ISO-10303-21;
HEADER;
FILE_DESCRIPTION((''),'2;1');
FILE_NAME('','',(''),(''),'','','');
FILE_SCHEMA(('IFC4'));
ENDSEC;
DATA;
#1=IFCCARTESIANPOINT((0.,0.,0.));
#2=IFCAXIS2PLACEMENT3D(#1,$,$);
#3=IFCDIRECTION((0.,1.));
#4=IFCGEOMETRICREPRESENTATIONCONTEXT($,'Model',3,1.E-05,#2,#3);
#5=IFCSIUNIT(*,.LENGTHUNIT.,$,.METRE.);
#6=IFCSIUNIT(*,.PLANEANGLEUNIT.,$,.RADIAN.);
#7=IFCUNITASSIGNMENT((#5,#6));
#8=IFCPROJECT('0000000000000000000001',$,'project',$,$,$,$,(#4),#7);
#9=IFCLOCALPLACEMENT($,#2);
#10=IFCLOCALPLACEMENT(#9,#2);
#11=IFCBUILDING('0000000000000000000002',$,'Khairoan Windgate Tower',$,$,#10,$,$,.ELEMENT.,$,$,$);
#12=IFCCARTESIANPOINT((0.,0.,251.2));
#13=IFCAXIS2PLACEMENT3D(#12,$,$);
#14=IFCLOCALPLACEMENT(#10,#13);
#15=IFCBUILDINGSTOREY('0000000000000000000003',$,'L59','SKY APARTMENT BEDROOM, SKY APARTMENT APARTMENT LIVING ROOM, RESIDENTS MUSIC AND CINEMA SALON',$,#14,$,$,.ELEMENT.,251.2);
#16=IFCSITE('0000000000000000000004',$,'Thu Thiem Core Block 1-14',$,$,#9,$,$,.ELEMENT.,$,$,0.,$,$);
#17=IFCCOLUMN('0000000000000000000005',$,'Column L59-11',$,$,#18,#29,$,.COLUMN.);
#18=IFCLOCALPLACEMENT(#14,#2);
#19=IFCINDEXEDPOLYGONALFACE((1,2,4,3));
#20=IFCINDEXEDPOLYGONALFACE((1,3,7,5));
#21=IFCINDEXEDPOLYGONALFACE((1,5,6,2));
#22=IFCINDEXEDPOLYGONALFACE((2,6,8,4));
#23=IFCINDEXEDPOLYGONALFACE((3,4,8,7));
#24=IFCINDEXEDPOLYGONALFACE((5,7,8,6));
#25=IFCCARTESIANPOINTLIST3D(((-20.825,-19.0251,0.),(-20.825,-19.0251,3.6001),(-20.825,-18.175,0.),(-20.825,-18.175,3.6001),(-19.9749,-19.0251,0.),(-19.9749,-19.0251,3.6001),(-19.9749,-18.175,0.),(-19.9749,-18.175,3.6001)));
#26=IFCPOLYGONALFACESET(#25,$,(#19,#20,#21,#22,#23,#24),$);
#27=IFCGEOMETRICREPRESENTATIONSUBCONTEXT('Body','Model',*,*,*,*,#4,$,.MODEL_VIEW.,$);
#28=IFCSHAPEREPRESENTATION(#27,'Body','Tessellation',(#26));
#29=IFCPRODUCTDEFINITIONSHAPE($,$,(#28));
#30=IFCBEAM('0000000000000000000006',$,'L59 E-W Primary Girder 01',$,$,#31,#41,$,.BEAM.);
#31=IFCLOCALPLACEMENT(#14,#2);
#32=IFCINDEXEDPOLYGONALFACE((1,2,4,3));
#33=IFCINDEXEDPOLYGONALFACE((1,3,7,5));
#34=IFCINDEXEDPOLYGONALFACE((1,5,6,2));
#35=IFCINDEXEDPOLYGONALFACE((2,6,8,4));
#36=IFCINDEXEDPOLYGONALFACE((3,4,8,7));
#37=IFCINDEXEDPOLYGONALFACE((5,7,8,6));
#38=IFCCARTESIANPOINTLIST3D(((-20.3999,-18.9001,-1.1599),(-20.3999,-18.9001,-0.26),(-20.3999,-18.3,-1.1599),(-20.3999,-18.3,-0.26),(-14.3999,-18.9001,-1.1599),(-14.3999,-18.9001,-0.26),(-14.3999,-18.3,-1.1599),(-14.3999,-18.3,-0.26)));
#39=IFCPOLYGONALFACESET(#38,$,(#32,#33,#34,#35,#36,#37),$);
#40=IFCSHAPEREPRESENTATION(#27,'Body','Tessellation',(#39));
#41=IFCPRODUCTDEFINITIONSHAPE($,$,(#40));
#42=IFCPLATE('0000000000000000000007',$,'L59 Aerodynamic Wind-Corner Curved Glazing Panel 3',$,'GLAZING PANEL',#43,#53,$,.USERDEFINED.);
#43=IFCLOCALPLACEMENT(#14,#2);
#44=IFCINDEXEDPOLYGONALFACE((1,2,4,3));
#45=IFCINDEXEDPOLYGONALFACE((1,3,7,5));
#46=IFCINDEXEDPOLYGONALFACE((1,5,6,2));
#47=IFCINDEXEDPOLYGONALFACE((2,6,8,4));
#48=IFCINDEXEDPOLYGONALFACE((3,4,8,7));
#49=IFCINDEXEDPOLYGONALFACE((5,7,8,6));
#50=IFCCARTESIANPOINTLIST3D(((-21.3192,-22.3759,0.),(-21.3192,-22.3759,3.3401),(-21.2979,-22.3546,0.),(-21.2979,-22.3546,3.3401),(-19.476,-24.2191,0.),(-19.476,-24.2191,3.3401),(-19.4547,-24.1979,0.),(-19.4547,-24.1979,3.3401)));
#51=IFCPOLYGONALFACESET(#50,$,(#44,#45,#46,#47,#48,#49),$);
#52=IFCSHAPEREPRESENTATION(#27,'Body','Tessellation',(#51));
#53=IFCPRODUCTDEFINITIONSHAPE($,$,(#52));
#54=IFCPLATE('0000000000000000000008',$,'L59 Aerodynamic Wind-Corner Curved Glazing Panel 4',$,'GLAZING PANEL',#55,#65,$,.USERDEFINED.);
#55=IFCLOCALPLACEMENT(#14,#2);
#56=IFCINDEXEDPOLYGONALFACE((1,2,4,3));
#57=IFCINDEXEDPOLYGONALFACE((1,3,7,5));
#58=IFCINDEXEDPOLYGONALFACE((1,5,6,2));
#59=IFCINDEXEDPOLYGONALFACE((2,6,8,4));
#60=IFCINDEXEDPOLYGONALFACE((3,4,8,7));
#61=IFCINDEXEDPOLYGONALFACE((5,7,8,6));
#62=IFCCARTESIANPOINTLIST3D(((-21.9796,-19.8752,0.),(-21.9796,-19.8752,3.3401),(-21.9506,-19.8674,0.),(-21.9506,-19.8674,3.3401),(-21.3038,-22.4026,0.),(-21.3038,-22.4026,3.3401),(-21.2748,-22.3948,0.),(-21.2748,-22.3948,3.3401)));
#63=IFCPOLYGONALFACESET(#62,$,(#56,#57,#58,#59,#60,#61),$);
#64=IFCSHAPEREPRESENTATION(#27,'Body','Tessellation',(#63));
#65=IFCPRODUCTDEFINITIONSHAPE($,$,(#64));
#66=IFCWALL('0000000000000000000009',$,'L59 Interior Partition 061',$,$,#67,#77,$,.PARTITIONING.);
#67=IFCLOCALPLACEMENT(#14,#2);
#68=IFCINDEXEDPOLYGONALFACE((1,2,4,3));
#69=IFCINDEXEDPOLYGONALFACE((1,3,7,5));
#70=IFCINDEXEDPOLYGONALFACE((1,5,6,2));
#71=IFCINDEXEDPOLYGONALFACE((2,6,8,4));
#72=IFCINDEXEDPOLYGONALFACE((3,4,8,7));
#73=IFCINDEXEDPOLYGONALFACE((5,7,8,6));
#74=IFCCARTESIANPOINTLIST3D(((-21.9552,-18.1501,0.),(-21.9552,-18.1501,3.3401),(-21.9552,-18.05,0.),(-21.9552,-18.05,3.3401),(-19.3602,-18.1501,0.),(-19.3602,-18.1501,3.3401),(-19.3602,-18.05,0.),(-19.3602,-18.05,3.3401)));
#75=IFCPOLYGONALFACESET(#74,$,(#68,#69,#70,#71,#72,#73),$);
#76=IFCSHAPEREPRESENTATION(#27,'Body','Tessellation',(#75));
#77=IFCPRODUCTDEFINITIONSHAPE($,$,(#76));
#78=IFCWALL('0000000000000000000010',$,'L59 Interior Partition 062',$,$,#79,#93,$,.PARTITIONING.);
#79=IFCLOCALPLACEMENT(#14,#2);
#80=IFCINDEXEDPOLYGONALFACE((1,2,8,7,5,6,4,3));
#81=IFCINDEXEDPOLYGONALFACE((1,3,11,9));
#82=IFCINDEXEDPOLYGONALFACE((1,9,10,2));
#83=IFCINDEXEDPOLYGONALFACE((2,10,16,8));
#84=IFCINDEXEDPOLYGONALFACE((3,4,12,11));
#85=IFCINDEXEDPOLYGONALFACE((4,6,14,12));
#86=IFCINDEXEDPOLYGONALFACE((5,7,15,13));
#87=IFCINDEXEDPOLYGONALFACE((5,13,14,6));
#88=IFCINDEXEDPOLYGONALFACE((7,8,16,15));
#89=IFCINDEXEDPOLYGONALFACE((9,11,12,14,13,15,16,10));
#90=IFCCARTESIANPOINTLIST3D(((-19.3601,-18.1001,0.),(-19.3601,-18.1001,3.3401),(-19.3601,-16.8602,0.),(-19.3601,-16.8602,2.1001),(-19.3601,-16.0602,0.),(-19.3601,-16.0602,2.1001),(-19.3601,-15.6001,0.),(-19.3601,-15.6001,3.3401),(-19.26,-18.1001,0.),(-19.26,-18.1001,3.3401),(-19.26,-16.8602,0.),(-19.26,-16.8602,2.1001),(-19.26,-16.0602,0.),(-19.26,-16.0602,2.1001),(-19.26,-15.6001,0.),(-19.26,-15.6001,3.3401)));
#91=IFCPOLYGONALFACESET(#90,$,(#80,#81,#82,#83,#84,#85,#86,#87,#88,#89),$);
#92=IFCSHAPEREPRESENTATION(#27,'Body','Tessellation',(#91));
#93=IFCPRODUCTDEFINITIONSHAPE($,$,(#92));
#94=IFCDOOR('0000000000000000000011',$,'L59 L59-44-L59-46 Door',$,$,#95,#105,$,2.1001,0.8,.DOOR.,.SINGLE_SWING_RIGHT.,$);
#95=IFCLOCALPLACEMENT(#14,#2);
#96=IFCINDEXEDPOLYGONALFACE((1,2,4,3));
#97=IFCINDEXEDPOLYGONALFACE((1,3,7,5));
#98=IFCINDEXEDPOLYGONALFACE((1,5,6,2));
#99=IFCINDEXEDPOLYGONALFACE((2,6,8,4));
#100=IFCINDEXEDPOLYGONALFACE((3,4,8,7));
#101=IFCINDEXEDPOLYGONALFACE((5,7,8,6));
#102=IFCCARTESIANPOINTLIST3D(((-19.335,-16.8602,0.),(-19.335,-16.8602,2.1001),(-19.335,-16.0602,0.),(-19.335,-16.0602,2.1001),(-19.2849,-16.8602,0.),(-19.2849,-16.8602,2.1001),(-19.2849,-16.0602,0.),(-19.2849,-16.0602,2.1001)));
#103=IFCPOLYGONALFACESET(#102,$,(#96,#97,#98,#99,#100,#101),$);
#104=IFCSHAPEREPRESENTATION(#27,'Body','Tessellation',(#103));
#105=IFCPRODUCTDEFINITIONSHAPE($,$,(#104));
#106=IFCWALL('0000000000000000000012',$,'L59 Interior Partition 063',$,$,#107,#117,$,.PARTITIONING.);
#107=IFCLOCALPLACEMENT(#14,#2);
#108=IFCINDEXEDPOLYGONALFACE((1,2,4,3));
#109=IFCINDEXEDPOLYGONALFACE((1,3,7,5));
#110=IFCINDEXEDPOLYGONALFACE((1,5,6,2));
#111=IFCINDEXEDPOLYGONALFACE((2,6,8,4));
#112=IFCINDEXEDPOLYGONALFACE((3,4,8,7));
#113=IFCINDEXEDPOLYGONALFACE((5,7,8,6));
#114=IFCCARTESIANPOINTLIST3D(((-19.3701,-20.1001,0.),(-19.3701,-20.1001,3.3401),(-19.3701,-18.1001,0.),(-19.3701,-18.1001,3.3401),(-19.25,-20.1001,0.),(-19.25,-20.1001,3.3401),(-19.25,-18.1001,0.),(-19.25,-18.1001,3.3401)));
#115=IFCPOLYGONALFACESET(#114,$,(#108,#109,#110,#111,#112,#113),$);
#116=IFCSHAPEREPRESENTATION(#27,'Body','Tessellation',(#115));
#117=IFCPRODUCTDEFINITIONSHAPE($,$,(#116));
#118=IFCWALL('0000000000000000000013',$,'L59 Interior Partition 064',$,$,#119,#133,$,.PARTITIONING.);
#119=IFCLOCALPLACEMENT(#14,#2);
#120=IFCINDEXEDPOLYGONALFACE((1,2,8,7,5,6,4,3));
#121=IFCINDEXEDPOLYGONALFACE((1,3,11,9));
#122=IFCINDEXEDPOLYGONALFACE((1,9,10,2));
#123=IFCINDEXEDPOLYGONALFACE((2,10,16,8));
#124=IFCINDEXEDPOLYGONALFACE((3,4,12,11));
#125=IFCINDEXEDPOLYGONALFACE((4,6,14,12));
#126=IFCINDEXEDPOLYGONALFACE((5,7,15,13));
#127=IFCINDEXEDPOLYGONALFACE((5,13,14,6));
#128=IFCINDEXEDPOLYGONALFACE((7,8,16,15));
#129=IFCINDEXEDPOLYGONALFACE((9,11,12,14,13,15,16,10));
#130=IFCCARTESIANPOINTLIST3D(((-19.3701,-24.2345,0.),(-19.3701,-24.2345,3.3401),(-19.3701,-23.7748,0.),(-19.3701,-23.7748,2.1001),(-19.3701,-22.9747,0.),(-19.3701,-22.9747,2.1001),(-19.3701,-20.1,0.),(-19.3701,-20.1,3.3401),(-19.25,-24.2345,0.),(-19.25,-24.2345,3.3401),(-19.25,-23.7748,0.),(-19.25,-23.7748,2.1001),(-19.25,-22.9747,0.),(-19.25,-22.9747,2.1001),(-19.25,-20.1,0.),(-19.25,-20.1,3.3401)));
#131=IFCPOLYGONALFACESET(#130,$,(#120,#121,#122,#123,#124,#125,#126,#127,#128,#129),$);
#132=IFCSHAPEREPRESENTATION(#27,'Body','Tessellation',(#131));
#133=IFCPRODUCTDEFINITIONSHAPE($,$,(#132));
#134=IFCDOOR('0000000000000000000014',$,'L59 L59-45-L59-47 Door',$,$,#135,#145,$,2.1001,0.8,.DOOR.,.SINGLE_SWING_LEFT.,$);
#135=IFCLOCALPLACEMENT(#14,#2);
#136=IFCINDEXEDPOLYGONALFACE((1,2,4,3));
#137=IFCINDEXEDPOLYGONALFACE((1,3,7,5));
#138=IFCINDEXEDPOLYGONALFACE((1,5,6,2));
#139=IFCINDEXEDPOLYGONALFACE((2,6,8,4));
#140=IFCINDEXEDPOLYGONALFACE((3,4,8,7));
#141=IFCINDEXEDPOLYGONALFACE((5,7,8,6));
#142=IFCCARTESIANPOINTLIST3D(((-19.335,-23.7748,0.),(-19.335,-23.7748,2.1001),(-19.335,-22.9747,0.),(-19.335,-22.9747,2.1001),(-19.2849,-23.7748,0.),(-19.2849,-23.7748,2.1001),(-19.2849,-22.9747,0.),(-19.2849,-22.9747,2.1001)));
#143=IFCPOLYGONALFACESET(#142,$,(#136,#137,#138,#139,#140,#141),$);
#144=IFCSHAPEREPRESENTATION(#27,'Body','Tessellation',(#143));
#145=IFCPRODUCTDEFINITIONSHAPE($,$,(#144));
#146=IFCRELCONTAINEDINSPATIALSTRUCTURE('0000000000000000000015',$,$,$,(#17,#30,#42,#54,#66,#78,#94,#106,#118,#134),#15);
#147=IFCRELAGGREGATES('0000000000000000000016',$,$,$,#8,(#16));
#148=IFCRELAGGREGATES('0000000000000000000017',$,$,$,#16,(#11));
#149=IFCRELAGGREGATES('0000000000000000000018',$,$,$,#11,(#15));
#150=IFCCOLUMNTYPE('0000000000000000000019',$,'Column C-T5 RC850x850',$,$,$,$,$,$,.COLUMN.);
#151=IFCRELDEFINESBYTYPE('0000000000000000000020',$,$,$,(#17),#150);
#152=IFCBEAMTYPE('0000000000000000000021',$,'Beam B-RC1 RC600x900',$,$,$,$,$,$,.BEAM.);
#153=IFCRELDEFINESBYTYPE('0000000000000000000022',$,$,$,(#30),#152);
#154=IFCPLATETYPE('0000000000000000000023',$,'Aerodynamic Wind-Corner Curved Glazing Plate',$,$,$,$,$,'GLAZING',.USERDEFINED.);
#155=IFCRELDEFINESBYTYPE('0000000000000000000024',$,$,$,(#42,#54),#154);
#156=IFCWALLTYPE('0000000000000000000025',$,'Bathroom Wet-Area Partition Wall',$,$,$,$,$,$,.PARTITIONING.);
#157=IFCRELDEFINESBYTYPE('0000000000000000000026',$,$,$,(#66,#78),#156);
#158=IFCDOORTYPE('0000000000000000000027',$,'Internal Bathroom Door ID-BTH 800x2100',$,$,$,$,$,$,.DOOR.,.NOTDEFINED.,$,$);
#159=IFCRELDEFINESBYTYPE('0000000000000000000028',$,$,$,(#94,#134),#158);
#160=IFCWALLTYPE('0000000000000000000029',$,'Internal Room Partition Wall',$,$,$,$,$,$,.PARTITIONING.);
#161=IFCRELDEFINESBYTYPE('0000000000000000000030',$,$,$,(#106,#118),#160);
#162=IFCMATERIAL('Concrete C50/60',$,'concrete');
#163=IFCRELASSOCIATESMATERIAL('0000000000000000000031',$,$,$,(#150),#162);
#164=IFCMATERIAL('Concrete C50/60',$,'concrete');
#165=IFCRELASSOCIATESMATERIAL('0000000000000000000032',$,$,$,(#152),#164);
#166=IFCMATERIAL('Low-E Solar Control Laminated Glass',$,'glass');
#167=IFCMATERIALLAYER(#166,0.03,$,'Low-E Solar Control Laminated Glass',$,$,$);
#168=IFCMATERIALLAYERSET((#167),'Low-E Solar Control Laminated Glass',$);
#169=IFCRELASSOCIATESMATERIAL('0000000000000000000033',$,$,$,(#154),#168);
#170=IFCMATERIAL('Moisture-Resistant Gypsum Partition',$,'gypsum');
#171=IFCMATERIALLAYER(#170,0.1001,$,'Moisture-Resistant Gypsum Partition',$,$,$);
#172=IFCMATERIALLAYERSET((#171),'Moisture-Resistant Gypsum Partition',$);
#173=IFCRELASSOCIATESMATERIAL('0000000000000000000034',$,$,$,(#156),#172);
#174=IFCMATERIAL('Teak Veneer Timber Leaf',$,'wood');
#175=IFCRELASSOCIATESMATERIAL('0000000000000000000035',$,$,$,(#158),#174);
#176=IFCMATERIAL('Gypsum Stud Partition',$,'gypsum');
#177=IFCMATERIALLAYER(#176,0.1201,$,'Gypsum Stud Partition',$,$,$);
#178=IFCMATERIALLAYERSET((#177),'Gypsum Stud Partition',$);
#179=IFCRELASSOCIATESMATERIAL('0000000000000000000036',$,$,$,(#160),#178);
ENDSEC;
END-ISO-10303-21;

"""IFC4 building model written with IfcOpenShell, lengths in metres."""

from ifc_helpers import new_model, si_unit, direction, frame, frame_2d, origin, origin_2d, place, context, subcontext, project, spatial, rectangle, extrude, material, layer, layer_set, material_profile, profile_set, type_object, element, fill, save


model = new_model("IFC4")

# Units and contexts
model_context = context("Model", 3, precision=1e-05, world=origin(), true_north=direction((0.0, 1.0)))
body_context = subcontext(model_context, "Body", "Model", "MODEL_VIEW")
ifc_project = project(units=[si_unit("LENGTHUNIT", "METRE"), si_unit("PLANEANGLEUNIT", "RADIAN")], contexts=[model_context])

# Site, building, storey
site_placement = place(None, origin())
site = spatial("IfcSite", under=ifc_project, at=site_placement, Name="Thu Thiem Core Block 1-14", CompositionType="ELEMENT", RefElevation=0.0)
building_placement = place(site_placement, origin())
building = spatial("IfcBuilding", under=site, at=building_placement, Name="Khairoan Windgate Tower", CompositionType="ELEMENT")
storey_placement = place(building_placement, frame((0.0, 0.0, 251.2)))
storey = spatial("IfcBuildingStorey", under=building, at=storey_placement, Name="L59", Description="SKY APARTMENT BEDROOM, SKY APARTMENT APARTMENT LIVING ROOM, RESIDENTS MUSIC AND CINEMA SALON", CompositionType="ELEMENT", Elevation=251.2)

# Column
ifc_material_1 = material(Name="Concrete C50/60", Category="concrete")
ifc_material_profile_1 = material_profile(ifc_material_1, rectangle(XDim=0.8501, YDim=0.8501, at=origin_2d()))
ifc_profile_set_1 = profile_set([ifc_material_profile_1], Name="Concrete C50/60")
column_type = type_object("IfcColumnType", Name="Column C-T5 RC850x850", PredefinedType="COLUMN", material=ifc_profile_set_1)
column_placement = place(storey_placement, frame((-20.3999, -18.6001, 0.0), z_axis=(0.0, 0.0, 1.0), x_axis=(1.0, 0.0, 0.0)))
element("IfcColumn", 1, at=column_placement, inside=storey, type_object=column_type, Name="Column L59-11", PredefinedType="COLUMN", context=body_context, shape_type="SweptSolid", body=[
    extrude(rectangle(XDim=0.8501, YDim=0.8501, at=origin_2d()), origin(), (0.0, 0.0, 1.0), 3.6001),
])

# Beam
ifc_material_2 = material(Name="Concrete C50/60", Category="concrete")
ifc_material_profile_2 = material_profile(ifc_material_2, rectangle(XDim=0.6001, YDim=0.8999, at=origin_2d()))
ifc_profile_set_2 = profile_set([ifc_material_profile_2], Name="Concrete C50/60")
beam_type = type_object("IfcBeamType", Name="Beam B-RC1 RC600x900", PredefinedType="BEAM", material=ifc_profile_set_2)
beam_placement = place(storey_placement, frame((-20.3999, -18.6001, -0.71), z_axis=(1.0, 0.0, 0.0), x_axis=(0.0, 1.0, 0.0)))
element("IfcBeam", 2, at=beam_placement, inside=storey, type_object=beam_type, Name="L59 E-W Primary Girder 01", PredefinedType="BEAM", context=body_context, shape_type="SweptSolid", body=[
    extrude(rectangle(XDim=0.6001, YDim=0.8999, at=origin_2d()), origin(), (0.0, 0.0, 1.0), 6.0),
])

# Plates
ifc_material_3 = material(Name="Low-E Solar Control Laminated Glass", Category="glass")
ifc_layer_1 = layer(ifc_material_3, 0.03, Name="Low-E Solar Control Laminated Glass")
ifc_layer_set_1 = layer_set([ifc_layer_1], Name="Low-E Solar Control Laminated Glass")
plate_type_1 = type_object("IfcPlateType", Name="Aerodynamic Wind-Corner Curved Glazing Plate", ElementType="GLAZING", PredefinedType="USERDEFINED", material=ifc_layer_set_1)
plate_1_placement = place(storey_placement, frame((-20.387, -23.2869, 0.0), z_axis=(0.0, 0.0, 1.0), x_axis=(-0.707107, 0.707107, 0.0)))
element("IfcPlate", 3, at=plate_1_placement, inside=storey, type_object=plate_type_1, Name="L59 Aerodynamic Wind-Corner Curved Glazing Panel 3", ObjectType="GLAZING PANEL", PredefinedType="USERDEFINED", context=body_context, shape_type="SweptSolid", body=[
    extrude(rectangle(XDim=2.6067, YDim=0.03, at=origin_2d()), origin(), (0.0, 0.0, 1.0), 3.3401),
])
plate_2_placement = place(storey_placement, frame((-21.6272, -21.135, 0.0), z_axis=(0.0, 0.0, 1.0), x_axis=(-0.258313, 0.966061, 0.0)))
element("IfcPlate", 4, at=plate_2_placement, inside=storey, type_object=plate_type_1, Name="L59 Aerodynamic Wind-Corner Curved Glazing Panel 4", ObjectType="GLAZING PANEL", PredefinedType="USERDEFINED", context=body_context, shape_type="SweptSolid", body=[
    extrude(rectangle(XDim=2.6162, YDim=0.03, at=origin_2d()), origin(), (0.0, 0.0, 1.0), 3.3401),
])

# Wall
ifc_material_4 = material(Name="Moisture-Resistant Gypsum Partition", Category="gypsum")
ifc_layer_2 = layer(ifc_material_4, 0.1001, Name="Moisture-Resistant Gypsum Partition")
ifc_layer_set_2 = layer_set([ifc_layer_2], Name="Moisture-Resistant Gypsum Partition")
wall_type_1 = type_object("IfcWallType", Name="Bathroom Wet-Area Partition Wall", PredefinedType="PARTITIONING", material=ifc_layer_set_2)
wall_1_placement = place(storey_placement, frame((-21.9551, -18.1001, 0.0), z_axis=(0.0, 0.0, 1.0), x_axis=(1.0, 0.0, 0.0)))
element("IfcWall", 5, at=wall_1_placement, inside=storey, type_object=wall_type_1, Name="L59 Interior Partition 061", PredefinedType="PARTITIONING", context=body_context, shape_type="SweptSolid", body=[
    extrude(rectangle(XDim=2.595, YDim=0.1001, at=frame_2d((1.2974, 0.0))), origin(), (0.0, 0.0, 1.0), 3.3401),
])

# Wall, opening, door
wall_2_placement = place(storey_placement, frame((-19.3101, -18.1001, 0.0), z_axis=(0.0, 0.0, 1.0), x_axis=(0.0, 1.0, 0.0)))
wall_2 = element("IfcWall", 6, at=wall_2_placement, inside=storey, type_object=wall_type_1, Name="L59 Interior Partition 062", PredefinedType="PARTITIONING", context=body_context, shape_type="SweptSolid", body=[
    extrude(rectangle(XDim=2.5, YDim=0.1001, at=frame_2d((1.25, 0.0))), origin(), (0.0, 0.0, 1.0), 3.3401),
])
opening_1_placement = place(wall_2_placement, frame((1.24, 0.0, 0.0)))
opening_1 = element("IfcOpeningElement", 7, at=opening_1_placement, cuts=wall_2, PredefinedType="OPENING", context=body_context, shape_type="SweptSolid", body=[
    extrude(rectangle(XDim=0.8, YDim=2.1001, at=frame_2d((0.3999, 1.05))), frame((0.0, 0.0601, 0.0), z_axis=(0.0, -1.0, 0.0), x_axis=(1.0, 0.0, 0.0)), (0.0, 0.0, 1.0), 0.1201),
])
ifc_material_5 = material(Name="Teak Veneer Timber Leaf", Category="wood")
door_type = type_object("IfcDoorType", Name="Internal Bathroom Door ID-BTH 800x2100", OperationType="NOTDEFINED", PredefinedType="DOOR", material=ifc_material_5)
door_1_placement = place(opening_1_placement, origin())
door_1 = element("IfcDoor", 8, at=door_1_placement, inside=storey, type_object=door_type, Name="L59 L59-44-L59-46 Door", OperationType="SINGLE_SWING_RIGHT", OverallHeight=2.1001, OverallWidth=0.8, PredefinedType="DOOR", context=body_context, shape_type="SweptSolid", body=[
    extrude(rectangle(XDim=0.8, YDim=2.1001, at=frame_2d((0.3999, 1.05))), frame((0.0, 0.0249, 0.0), z_axis=(0.0, -1.0, 0.0), x_axis=(1.0, 0.0, 0.0)), (0.0, 0.0, 1.0), 0.05),
])
fill(opening_1, door_1)

# Wall
ifc_material_6 = material(Name="Gypsum Stud Partition", Category="gypsum")
ifc_layer_3 = layer(ifc_material_6, 0.1201, Name="Gypsum Stud Partition")
ifc_layer_set_3 = layer_set([ifc_layer_3], Name="Gypsum Stud Partition")
wall_type_2 = type_object("IfcWallType", Name="Internal Room Partition Wall", PredefinedType="PARTITIONING", material=ifc_layer_set_3)
wall_3_placement = place(storey_placement, frame((-19.3101, -20.1001, 0.0), z_axis=(0.0, 0.0, 1.0), x_axis=(0.0, 1.0, 0.0)))
element("IfcWall", 9, at=wall_3_placement, inside=storey, type_object=wall_type_2, Name="L59 Interior Partition 063", PredefinedType="PARTITIONING", context=body_context, shape_type="SweptSolid", body=[
    extrude(rectangle(XDim=2.0, YDim=0.1201, at=frame_2d((1.0, 0.0))), origin(), (0.0, 0.0, 1.0), 3.3401),
])

# Wall, opening, door
wall_4_placement = place(storey_placement, frame((-19.3101, -24.2346, 0.0), z_axis=(0.0, 0.0, 1.0), x_axis=(0.0, 1.0, 0.0)))
wall_4 = element("IfcWall", 10, at=wall_4_placement, inside=storey, type_object=wall_type_2, Name="L59 Interior Partition 064", PredefinedType="PARTITIONING", context=body_context, shape_type="SweptSolid", body=[
    extrude(rectangle(XDim=4.1345, YDim=0.1201, at=frame_2d((2.0674, 0.0))), origin(), (0.0, 0.0, 1.0), 3.3401),
])
opening_2_placement = place(wall_4_placement, frame((0.46, 0.0, 0.0)))
opening_2 = element("IfcOpeningElement", 11, at=opening_2_placement, cuts=wall_4, PredefinedType="OPENING", context=body_context, shape_type="SweptSolid", body=[
    extrude(rectangle(XDim=0.8, YDim=2.1001, at=frame_2d((0.3999, 1.05))), frame((0.0, 0.0701, 0.0), z_axis=(0.0, -1.0, 0.0), x_axis=(1.0, 0.0, 0.0)), (0.0, 0.0, 1.0), 0.1401),
])
door_2_placement = place(opening_2_placement, origin())
door_2 = element("IfcDoor", 12, at=door_2_placement, inside=storey, type_object=door_type, Name="L59 L59-45-L59-47 Door", OperationType="SINGLE_SWING_LEFT", OverallHeight=2.1001, OverallWidth=0.8, PredefinedType="DOOR", context=body_context, shape_type="SweptSolid", body=[
    extrude(rectangle(XDim=0.8, YDim=2.1001, at=frame_2d((0.3999, 1.05))), frame((0.0, 0.0249, 0.0), z_axis=(0.0, -1.0, 0.0), x_axis=(1.0, 0.0, 0.0)), (0.0, 0.0, 1.0), 0.05),
])
fill(opening_2, door_2)

save(model, "model.ifc")
